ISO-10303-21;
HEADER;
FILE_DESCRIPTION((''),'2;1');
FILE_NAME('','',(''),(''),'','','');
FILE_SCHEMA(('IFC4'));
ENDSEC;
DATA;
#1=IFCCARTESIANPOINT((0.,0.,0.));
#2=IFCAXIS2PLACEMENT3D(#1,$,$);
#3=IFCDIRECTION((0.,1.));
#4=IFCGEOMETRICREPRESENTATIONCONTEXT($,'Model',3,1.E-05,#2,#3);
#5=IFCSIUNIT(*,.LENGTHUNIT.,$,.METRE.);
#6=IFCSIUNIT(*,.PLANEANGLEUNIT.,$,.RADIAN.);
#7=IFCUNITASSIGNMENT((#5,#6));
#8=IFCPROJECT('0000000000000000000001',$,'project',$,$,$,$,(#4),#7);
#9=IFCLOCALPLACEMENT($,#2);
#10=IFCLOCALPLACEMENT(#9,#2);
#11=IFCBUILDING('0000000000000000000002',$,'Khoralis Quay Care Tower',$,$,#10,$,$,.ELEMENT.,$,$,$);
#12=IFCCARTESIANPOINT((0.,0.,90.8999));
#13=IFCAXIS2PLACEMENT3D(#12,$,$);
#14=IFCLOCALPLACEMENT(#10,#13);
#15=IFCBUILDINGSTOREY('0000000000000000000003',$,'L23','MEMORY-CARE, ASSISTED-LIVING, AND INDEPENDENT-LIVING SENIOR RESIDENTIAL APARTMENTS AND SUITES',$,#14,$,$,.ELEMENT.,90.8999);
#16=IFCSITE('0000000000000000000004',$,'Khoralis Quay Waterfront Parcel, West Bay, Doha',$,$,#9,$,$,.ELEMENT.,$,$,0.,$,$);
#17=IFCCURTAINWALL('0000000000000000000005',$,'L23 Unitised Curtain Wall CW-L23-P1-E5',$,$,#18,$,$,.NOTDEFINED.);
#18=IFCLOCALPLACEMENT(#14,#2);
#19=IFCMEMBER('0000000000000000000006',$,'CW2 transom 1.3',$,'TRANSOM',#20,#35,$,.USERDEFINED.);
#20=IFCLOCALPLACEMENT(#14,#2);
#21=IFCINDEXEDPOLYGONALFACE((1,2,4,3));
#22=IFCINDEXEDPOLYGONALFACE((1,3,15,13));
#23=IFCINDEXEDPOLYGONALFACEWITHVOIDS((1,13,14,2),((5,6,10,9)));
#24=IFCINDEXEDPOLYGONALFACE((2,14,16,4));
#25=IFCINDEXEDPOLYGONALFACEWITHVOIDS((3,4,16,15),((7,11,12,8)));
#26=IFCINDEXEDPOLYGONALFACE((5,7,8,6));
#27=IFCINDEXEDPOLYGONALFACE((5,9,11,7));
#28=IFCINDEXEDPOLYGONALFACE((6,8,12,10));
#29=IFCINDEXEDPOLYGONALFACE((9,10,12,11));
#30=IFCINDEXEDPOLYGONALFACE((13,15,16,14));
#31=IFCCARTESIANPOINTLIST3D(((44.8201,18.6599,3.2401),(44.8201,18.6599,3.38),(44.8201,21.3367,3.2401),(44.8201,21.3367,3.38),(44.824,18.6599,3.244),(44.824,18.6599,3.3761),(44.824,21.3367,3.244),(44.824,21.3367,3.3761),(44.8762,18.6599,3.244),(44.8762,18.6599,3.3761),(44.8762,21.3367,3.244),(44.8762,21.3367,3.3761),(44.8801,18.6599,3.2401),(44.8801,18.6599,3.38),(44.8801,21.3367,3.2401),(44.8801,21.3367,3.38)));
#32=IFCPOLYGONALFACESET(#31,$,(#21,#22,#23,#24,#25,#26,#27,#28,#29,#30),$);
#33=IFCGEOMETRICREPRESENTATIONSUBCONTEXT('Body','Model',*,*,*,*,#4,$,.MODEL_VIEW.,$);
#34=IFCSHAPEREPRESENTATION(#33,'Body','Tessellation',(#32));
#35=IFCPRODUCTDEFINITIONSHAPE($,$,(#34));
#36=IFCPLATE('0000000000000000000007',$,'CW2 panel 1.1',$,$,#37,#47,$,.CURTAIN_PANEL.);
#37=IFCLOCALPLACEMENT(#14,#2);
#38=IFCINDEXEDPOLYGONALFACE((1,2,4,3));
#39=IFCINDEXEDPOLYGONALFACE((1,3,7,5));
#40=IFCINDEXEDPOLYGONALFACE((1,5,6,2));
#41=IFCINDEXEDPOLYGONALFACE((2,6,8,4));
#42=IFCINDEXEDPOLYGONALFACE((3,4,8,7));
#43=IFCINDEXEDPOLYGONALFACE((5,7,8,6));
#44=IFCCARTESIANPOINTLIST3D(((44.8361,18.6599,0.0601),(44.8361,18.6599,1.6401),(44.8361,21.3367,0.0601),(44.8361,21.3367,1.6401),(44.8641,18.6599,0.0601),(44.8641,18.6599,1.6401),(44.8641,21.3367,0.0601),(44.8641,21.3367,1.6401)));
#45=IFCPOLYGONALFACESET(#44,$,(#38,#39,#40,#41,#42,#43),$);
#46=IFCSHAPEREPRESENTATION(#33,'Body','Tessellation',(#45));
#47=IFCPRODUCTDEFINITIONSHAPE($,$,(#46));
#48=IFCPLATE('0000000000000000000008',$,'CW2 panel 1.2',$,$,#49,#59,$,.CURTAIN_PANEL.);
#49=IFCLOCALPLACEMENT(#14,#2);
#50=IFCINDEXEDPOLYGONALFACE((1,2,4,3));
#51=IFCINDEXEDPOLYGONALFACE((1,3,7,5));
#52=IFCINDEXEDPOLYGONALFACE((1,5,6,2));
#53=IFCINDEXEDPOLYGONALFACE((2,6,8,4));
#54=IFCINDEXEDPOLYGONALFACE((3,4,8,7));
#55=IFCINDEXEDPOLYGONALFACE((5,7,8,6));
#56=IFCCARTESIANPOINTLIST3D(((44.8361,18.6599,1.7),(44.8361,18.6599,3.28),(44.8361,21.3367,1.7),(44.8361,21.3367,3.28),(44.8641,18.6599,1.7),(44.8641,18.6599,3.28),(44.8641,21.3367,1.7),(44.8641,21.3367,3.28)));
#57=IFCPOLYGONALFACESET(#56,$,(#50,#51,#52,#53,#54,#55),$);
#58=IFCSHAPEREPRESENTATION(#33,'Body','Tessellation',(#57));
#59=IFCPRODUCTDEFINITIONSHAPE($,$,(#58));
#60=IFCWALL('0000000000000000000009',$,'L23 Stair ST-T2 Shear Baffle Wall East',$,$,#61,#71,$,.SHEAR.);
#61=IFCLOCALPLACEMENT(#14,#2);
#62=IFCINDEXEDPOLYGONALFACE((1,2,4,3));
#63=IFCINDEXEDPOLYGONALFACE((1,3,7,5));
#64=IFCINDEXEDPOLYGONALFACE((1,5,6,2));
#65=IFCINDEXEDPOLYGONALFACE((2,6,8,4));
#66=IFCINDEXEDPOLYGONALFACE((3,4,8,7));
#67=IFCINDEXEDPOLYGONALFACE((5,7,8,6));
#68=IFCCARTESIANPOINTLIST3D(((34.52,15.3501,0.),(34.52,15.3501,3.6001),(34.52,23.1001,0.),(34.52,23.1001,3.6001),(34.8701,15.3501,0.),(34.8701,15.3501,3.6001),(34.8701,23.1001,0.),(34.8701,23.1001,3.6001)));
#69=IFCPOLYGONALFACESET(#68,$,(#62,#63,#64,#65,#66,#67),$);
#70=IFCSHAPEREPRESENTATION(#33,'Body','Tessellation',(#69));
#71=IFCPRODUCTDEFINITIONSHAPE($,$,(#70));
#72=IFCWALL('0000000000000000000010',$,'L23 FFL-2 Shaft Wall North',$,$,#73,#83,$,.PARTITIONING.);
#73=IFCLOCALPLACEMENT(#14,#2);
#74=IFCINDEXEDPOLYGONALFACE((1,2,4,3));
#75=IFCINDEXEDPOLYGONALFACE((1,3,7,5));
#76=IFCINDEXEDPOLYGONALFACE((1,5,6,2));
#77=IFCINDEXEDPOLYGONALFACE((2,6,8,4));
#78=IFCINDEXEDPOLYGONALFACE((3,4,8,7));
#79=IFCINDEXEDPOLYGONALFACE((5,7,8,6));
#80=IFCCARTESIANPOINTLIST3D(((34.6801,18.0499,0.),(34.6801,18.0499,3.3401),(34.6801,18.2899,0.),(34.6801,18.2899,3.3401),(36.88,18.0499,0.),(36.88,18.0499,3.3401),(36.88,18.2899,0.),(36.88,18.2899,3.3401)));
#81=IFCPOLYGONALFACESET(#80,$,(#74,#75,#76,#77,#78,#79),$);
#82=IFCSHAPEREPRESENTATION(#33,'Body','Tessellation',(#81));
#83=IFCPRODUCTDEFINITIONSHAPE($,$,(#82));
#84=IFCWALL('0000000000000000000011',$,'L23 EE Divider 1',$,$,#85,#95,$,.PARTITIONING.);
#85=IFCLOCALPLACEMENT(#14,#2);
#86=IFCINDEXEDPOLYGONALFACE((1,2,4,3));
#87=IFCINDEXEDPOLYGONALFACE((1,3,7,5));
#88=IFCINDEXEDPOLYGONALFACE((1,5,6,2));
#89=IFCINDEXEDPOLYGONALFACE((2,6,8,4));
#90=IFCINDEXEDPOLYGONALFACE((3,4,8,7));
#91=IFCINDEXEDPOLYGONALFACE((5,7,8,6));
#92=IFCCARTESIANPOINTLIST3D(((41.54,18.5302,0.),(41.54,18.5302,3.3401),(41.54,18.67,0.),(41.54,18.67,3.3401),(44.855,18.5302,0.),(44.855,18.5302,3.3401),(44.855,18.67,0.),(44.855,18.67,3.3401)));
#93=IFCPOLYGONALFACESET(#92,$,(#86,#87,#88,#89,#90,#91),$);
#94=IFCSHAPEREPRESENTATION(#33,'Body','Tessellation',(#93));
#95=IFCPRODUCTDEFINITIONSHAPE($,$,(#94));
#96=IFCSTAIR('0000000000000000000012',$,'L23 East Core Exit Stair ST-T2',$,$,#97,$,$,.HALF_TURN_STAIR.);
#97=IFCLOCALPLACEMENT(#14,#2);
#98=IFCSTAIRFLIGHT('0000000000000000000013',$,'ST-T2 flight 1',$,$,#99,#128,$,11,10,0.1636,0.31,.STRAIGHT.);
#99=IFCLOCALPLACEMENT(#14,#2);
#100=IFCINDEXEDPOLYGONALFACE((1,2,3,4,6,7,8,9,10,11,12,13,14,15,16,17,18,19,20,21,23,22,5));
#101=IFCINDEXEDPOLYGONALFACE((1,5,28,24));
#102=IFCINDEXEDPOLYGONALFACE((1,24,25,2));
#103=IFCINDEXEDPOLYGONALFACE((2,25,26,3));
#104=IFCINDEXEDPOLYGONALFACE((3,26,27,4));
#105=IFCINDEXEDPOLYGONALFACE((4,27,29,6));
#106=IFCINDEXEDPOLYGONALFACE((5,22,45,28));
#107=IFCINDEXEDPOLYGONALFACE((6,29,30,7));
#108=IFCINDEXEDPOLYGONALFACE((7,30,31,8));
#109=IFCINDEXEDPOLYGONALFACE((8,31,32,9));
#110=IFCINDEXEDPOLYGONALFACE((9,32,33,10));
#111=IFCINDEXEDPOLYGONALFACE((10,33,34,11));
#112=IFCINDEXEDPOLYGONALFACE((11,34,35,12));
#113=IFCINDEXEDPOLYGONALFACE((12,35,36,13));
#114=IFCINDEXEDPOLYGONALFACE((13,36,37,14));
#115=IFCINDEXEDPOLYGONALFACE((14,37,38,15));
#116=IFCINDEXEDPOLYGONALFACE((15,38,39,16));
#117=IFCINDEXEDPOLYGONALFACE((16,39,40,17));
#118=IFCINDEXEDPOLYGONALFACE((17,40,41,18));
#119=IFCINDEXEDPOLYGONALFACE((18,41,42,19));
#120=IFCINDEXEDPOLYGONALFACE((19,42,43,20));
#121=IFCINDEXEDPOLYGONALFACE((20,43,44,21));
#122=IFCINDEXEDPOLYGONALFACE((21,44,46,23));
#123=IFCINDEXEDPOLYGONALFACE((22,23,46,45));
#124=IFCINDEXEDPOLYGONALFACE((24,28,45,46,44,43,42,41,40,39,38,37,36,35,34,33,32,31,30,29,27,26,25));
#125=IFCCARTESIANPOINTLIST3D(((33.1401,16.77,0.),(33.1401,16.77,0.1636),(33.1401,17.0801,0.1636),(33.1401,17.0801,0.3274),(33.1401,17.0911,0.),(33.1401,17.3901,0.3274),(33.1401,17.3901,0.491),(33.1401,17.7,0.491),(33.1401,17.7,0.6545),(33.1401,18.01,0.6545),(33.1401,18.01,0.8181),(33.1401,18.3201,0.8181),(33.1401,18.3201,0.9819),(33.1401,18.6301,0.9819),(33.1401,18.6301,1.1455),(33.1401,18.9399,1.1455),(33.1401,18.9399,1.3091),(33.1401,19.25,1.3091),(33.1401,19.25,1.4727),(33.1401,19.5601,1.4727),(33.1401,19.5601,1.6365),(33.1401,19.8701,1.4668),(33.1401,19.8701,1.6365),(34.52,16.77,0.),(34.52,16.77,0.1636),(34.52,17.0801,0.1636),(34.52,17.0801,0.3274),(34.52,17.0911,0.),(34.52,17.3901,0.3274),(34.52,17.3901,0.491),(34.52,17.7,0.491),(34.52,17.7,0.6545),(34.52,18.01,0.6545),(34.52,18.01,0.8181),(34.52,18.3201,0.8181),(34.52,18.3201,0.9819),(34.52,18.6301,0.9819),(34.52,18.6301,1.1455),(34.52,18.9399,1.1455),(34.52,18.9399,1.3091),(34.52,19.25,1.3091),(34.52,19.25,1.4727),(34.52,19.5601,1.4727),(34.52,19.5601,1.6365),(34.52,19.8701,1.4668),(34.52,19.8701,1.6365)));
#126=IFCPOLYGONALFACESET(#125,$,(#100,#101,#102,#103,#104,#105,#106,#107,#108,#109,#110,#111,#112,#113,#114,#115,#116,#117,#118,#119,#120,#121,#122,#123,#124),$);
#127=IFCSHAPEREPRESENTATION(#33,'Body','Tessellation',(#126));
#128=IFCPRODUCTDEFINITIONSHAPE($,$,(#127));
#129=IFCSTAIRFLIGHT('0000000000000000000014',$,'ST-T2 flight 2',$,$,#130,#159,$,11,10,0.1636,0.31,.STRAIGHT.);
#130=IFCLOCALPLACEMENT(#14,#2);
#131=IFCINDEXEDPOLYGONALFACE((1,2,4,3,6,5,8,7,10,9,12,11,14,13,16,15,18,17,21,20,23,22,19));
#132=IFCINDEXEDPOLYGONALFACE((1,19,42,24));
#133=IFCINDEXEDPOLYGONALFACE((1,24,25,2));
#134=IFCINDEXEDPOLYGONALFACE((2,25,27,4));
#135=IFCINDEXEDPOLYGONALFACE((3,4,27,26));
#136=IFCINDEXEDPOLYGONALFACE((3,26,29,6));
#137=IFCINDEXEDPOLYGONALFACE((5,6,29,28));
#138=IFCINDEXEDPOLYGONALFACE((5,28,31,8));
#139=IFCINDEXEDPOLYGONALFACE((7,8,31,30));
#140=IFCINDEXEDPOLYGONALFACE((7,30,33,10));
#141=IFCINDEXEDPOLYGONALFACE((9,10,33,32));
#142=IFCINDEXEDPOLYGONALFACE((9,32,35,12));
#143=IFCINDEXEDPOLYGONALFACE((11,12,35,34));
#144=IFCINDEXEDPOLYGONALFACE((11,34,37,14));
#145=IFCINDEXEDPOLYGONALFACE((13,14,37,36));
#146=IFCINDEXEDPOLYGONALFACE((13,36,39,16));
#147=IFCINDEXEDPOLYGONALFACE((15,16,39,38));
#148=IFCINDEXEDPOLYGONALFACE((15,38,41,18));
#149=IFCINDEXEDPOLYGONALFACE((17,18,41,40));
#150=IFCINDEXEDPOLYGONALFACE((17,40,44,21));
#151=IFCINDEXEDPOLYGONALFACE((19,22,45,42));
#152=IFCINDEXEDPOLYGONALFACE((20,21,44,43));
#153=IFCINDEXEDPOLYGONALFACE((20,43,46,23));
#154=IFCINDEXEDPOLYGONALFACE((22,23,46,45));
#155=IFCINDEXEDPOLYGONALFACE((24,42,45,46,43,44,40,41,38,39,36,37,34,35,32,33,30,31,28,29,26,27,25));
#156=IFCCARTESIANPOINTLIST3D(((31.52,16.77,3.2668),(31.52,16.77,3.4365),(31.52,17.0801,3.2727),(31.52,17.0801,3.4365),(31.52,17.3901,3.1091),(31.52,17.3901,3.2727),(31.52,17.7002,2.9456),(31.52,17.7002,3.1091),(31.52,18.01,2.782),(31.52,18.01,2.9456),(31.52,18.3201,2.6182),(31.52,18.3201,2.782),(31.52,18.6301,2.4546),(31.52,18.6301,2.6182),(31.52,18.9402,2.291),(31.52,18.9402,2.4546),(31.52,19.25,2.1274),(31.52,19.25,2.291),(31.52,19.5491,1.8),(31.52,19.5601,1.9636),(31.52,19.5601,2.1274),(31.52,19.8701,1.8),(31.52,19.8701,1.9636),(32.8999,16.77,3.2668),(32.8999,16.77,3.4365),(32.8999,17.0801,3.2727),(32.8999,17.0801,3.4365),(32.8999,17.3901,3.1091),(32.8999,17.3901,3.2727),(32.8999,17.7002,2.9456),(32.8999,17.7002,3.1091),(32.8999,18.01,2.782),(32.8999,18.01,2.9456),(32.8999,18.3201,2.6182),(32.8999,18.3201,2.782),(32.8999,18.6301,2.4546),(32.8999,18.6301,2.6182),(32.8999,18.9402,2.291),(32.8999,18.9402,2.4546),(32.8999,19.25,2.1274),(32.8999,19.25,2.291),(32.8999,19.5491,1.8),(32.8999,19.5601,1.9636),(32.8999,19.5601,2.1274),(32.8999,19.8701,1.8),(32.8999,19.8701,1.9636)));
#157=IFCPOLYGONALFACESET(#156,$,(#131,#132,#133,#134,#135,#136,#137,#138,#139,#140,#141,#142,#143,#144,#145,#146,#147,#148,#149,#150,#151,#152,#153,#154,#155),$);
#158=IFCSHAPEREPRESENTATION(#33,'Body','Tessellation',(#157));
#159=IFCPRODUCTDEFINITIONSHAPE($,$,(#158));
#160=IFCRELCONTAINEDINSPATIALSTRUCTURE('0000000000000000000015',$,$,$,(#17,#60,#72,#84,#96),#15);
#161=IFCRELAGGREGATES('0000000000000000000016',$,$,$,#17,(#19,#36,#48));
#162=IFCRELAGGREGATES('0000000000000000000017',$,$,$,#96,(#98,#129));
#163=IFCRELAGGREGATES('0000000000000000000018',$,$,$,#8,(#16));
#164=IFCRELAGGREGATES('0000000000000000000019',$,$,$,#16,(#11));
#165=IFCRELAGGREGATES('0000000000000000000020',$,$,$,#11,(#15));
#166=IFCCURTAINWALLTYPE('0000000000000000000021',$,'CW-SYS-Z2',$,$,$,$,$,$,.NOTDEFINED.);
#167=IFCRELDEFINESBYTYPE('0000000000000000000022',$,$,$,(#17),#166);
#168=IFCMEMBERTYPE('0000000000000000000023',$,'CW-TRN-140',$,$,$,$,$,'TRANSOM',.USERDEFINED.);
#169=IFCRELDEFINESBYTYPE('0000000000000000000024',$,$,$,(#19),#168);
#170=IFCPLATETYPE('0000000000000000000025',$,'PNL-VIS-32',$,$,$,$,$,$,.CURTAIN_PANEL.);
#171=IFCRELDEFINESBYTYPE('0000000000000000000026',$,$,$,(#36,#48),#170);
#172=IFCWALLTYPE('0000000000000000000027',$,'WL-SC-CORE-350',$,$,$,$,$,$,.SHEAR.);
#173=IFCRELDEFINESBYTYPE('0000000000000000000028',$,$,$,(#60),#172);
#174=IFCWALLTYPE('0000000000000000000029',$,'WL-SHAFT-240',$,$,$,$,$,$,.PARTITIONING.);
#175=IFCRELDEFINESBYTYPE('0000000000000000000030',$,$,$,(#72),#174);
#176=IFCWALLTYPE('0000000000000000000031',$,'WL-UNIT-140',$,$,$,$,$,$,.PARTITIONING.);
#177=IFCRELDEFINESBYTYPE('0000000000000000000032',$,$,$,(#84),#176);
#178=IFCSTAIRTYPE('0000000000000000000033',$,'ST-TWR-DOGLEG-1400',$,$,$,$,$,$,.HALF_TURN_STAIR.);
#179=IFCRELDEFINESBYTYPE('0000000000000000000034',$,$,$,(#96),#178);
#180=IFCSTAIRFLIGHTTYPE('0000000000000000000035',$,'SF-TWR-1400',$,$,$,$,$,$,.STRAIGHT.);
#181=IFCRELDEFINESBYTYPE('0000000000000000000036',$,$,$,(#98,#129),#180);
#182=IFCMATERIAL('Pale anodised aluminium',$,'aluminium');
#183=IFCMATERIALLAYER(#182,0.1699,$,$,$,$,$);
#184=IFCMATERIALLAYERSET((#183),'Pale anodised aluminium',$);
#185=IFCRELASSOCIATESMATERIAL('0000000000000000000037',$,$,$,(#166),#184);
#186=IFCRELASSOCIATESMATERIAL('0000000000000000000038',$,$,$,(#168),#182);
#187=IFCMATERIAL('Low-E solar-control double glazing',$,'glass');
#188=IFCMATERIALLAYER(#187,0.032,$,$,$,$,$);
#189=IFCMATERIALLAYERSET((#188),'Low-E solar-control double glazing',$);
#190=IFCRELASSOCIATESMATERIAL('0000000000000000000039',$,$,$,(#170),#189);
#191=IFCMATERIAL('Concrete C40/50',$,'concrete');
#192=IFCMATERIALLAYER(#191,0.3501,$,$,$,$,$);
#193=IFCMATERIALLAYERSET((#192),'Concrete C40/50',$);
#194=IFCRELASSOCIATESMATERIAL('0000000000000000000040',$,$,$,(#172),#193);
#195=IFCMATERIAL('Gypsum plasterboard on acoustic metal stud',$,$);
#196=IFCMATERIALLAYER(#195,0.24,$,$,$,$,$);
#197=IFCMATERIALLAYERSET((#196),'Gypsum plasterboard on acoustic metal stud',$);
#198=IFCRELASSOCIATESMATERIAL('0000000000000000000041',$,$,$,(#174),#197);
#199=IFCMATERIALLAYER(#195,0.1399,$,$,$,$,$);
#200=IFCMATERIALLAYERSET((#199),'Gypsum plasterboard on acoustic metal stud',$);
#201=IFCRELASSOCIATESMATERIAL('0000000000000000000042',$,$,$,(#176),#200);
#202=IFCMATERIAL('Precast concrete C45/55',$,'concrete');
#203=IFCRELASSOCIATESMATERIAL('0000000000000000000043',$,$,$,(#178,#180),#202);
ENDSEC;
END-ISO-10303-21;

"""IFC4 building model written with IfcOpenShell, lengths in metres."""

from ifc_helpers import new_model, si_unit, direction, frame, frame_2d, origin, origin_2d, place, context, subcontext, project, spatial, polyline, rectangle, hollow_rectangle, outline, extrude, source, transform, mapped, material, layer, layer_set, material_profile, profile_set, type_object, element, aggregate, save


model = new_model("IFC4")

# Units and contexts
model_context = context("Model", 3, precision=1e-05, world=origin(), true_north=direction((0.0, 1.0)))
body_context = subcontext(model_context, "Body", "Model", "MODEL_VIEW")
ifc_project = project(units=[si_unit("LENGTHUNIT", "METRE"), si_unit("PLANEANGLEUNIT", "RADIAN")], contexts=[model_context])

# Site, building, storey
site_placement = place(None, origin())
site = spatial("IfcSite", under=ifc_project, at=site_placement, Name="Khoralis Quay Waterfront Parcel, West Bay, Doha", CompositionType="ELEMENT", RefElevation=0.0)
building_placement = place(site_placement, origin())
building = spatial("IfcBuilding", under=site, at=building_placement, Name="Khoralis Quay Care Tower", CompositionType="ELEMENT")
storey_placement = place(building_placement, frame((0.0, 0.0, 90.8999)))
storey = spatial("IfcBuildingStorey", under=building, at=storey_placement, Name="L23", Description="MEMORY-CARE, ASSISTED-LIVING, AND INDEPENDENT-LIVING SENIOR RESIDENTIAL APARTMENTS AND SUITES", CompositionType="ELEMENT", Elevation=90.8999)

# Curtain wall, member, plates
ifc_material_1 = material(Name="Pale anodised aluminium", Category="aluminium")
ifc_layer_1 = layer(ifc_material_1, 0.1699)
ifc_layer_set_1 = layer_set([ifc_layer_1], Name="Pale anodised aluminium")
curtain_wall_type = type_object("IfcCurtainWallType", Name="CW-SYS-Z2", PredefinedType="NOTDEFINED", material=ifc_layer_set_1)
curtain_wall_placement = place(storey_placement, origin())
curtain_wall = element("IfcCurtainWall", 1, at=curtain_wall_placement, inside=storey, type_object=curtain_wall_type, Name="L23 Unitised Curtain Wall CW-L23-P1-E5", PredefinedType="NOTDEFINED")
ifc_material_profile_1 = material_profile(ifc_material_1, hollow_rectangle(XDim=0.0601, YDim=0.1399, WallThickness=0.0039, at=origin_2d()), Name="Pale anodised aluminium")
ifc_profile_set_1 = profile_set([ifc_material_profile_1], Name="Pale anodised aluminium")
member_type_1 = type_object("IfcMemberType", Name="CW-TRN-140", ElementType="TRANSOM", PredefinedType="USERDEFINED", material=ifc_profile_set_1)
shared_shape_1 = source(origin(), body_context, "Body", "SweptSolid", [
    extrude(hollow_rectangle(XDim=0.0601, YDim=0.1399, WallThickness=0.0039, at=origin_2d()), origin(), (0.0, 0.0, 1.0), 2.6768),
])
member_1_placement = place(storey_placement, frame((44.8501, 18.6599, 3.3101), z_axis=(0.0, 1.0, 0.0), x_axis=(-1.0, 0.0, 0.0)))
member_1 = element("IfcMember", 2, at=member_1_placement, type_object=member_type_1, Name="CW2 transom 1.3", ObjectType="TRANSOM", PredefinedType="USERDEFINED", context=body_context, shape_type="MappedRepresentation", body=[
    mapped(shared_shape_1, transform((0.0, 0.0, 0.0), scale=1.0)),
])
ifc_material_2 = material(Name="Low-E solar-control double glazing", Category="glass")
ifc_layer_2 = layer(ifc_material_2, 0.032)
ifc_layer_set_2 = layer_set([ifc_layer_2], Name="Low-E solar-control double glazing")
plate_type = type_object("IfcPlateType", Name="PNL-VIS-32", PredefinedType="CURTAIN_PANEL", material=ifc_layer_set_2)
shared_shape_2 = source(origin(), body_context, "Body", "SweptSolid", [
    extrude(rectangle(XDim=2.6768, YDim=0.0281, at=origin_2d()), origin(), (0.0, 0.0, 1.0), 1.5801),
])
plate_1_placement = place(storey_placement, frame((44.8501, 19.9983, 0.0601), z_axis=(0.0, 0.0, 1.0), x_axis=(0.0, 1.0, 0.0)))
plate_1 = element("IfcPlate", 3, at=plate_1_placement, type_object=plate_type, Name="CW2 panel 1.1", PredefinedType="CURTAIN_PANEL", context=body_context, shape_type="MappedRepresentation", body=[
    mapped(shared_shape_2, transform((0.0, 0.0, 0.0), scale=1.0)),
])
plate_2_placement = place(storey_placement, frame((44.8501, 19.9983, 1.7), z_axis=(0.0, 0.0, 1.0), x_axis=(0.0, 1.0, 0.0)))
plate_2 = element("IfcPlate", 4, at=plate_2_placement, type_object=plate_type, Name="CW2 panel 1.2", PredefinedType="CURTAIN_PANEL", context=body_context, shape_type="MappedRepresentation", body=[
    mapped(shared_shape_2, transform((0.0, 0.0, 0.0), scale=1.0)),
])
aggregate(curtain_wall, [member_1, plate_1, plate_2])

# Walls
ifc_material_3 = material(Name="Concrete C40/50", Category="concrete")
ifc_layer_3 = layer(ifc_material_3, 0.3501)
ifc_layer_set_3 = layer_set([ifc_layer_3], Name="Concrete C40/50")
wall_type_1 = type_object("IfcWallType", Name="WL-SC-CORE-350", PredefinedType="SHEAR", material=ifc_layer_set_3)
wall_1_placement = place(storey_placement, frame((34.6951, 15.3501, 0.0), z_axis=(0.0, 0.0, 1.0), x_axis=(0.0, 1.0, 0.0)))
element("IfcWall", 5, at=wall_1_placement, inside=storey, type_object=wall_type_1, Name="L23 Stair ST-T2 Shear Baffle Wall East", PredefinedType="SHEAR", context=body_context, shape_type="SweptSolid", body=[
    extrude(rectangle(XDim=7.75, YDim=0.3501, at=frame_2d((3.875, 0.0))), origin(), (0.0, 0.0, 1.0), 3.6001),
])
ifc_material_4 = material(Name="Gypsum plasterboard on acoustic metal stud")
ifc_layer_4 = layer(ifc_material_4, 0.24)
ifc_layer_set_4 = layer_set([ifc_layer_4], Name="Gypsum plasterboard on acoustic metal stud")
wall_type_2 = type_object("IfcWallType", Name="WL-SHAFT-240", PredefinedType="PARTITIONING", material=ifc_layer_set_4)
wall_2_placement = place(storey_placement, frame((34.6799, 18.1699, 0.0), z_axis=(0.0, 0.0, 1.0), x_axis=(1.0, 0.0, 0.0)))
element("IfcWall", 6, at=wall_2_placement, inside=storey, type_object=wall_type_2, Name="L23 FFL-2 Shaft Wall North", PredefinedType="PARTITIONING", context=body_context, shape_type="SweptSolid", body=[
    extrude(rectangle(XDim=2.2, YDim=0.24, at=frame_2d((1.1001, 0.0))), origin(), (0.0, 0.0, 1.0), 3.3401),
])
ifc_layer_5 = layer(ifc_material_4, 0.1399)
ifc_layer_set_5 = layer_set([ifc_layer_5], Name="Gypsum plasterboard on acoustic metal stud")
wall_type_3 = type_object("IfcWallType", Name="WL-UNIT-140", PredefinedType="PARTITIONING", material=ifc_layer_set_5)
wall_3_placement = place(storey_placement, frame((41.54, 18.6001, 0.0), z_axis=(0.0, 0.0, 1.0), x_axis=(1.0, 0.0, 0.0)))
element("IfcWall", 7, at=wall_3_placement, inside=storey, type_object=wall_type_3, Name="L23 EE Divider 1", PredefinedType="PARTITIONING", context=body_context, shape_type="SweptSolid", body=[
    extrude(rectangle(XDim=3.3149, YDim=0.1399, at=frame_2d((1.6575, 0.0))), origin(), (0.0, 0.0, 1.0), 3.3401),
])

# Stair, stair flights
ifc_material_5 = material(Name="Precast concrete C45/55", Category="concrete")
stair_type = type_object("IfcStairType", Name="ST-TWR-DOGLEG-1400", PredefinedType="HALF_TURN_STAIR", material=ifc_material_5)
stair_placement = place(storey_placement, origin())
stair = element("IfcStair", 8, at=stair_placement, inside=storey, type_object=stair_type, Name="L23 East Core Exit Stair ST-T2", PredefinedType="HALF_TURN_STAIR")
stair_flight_type = type_object("IfcStairFlightType", Name="SF-TWR-1400", PredefinedType="STRAIGHT", material=ifc_material_5)
shared_shape_3 = source(origin(), body_context, "Body", "SweptSolid", [
    extrude(outline(polyline([(0.0, 0.0), (0.0, 0.1636), (0.3101, 0.1636), (0.3101, 0.3274), (0.6201, 0.3274), (0.6201, 0.491), (0.9299, 0.491), (0.9299, 0.6545), (1.24, 0.6545), (1.24, 0.8181), (1.55, 0.8181), (1.55, 0.9819), (1.8601, 0.9819), (1.8601, 1.1455), (2.1699, 1.1455), (2.1699, 1.3091), (2.48, 1.3091), (2.48, 1.4727), (2.79, 1.4727), (2.79, 1.6365), (3.1001, 1.6365), (3.1001, 1.8), (3.1001, 1.4668), (0.321, 0.0), (0.0, 0.0)])), frame((0.0, 0.6899, 0.0), z_axis=(0.0, -1.0, 0.0), x_axis=(1.0, 0.0, 0.0)), (0.0, 0.0, 1.0), 1.3799),
])
stair_flight_1_placement = place(storey_placement, frame((33.8301, 16.77, 0.0), z_axis=(0.0, 0.0, 1.0), x_axis=(0.0, 1.0, 0.0)))
stair_flight_1 = element("IfcStairFlight", 9, at=stair_flight_1_placement, type_object=stair_flight_type, Name="ST-T2 flight 1", NumberOfRisers=11, NumberOfTreads=10, PredefinedType="STRAIGHT", RiserHeight=0.1636, TreadLength=0.31, context=body_context, shape_type="MappedRepresentation", body=[
    mapped(shared_shape_3, transform((0.0, 0.0, 0.0), scale=1.0)),
])
stair_flight_2_placement = place(storey_placement, frame((32.21, 19.8701, 1.8), z_axis=(0.0, 0.0, 1.0), x_axis=(0.0, -1.0, 0.0)))
stair_flight_2 = element("IfcStairFlight", 10, at=stair_flight_2_placement, type_object=stair_flight_type, Name="ST-T2 flight 2", NumberOfRisers=11, NumberOfTreads=10, PredefinedType="STRAIGHT", RiserHeight=0.1636, TreadLength=0.31, context=body_context, shape_type="MappedRepresentation", body=[
    mapped(shared_shape_3, transform((0.0, 0.0, 0.0), scale=1.0)),
])
aggregate(stair, [stair_flight_1, stair_flight_2])

save(model, "model.ifc")
